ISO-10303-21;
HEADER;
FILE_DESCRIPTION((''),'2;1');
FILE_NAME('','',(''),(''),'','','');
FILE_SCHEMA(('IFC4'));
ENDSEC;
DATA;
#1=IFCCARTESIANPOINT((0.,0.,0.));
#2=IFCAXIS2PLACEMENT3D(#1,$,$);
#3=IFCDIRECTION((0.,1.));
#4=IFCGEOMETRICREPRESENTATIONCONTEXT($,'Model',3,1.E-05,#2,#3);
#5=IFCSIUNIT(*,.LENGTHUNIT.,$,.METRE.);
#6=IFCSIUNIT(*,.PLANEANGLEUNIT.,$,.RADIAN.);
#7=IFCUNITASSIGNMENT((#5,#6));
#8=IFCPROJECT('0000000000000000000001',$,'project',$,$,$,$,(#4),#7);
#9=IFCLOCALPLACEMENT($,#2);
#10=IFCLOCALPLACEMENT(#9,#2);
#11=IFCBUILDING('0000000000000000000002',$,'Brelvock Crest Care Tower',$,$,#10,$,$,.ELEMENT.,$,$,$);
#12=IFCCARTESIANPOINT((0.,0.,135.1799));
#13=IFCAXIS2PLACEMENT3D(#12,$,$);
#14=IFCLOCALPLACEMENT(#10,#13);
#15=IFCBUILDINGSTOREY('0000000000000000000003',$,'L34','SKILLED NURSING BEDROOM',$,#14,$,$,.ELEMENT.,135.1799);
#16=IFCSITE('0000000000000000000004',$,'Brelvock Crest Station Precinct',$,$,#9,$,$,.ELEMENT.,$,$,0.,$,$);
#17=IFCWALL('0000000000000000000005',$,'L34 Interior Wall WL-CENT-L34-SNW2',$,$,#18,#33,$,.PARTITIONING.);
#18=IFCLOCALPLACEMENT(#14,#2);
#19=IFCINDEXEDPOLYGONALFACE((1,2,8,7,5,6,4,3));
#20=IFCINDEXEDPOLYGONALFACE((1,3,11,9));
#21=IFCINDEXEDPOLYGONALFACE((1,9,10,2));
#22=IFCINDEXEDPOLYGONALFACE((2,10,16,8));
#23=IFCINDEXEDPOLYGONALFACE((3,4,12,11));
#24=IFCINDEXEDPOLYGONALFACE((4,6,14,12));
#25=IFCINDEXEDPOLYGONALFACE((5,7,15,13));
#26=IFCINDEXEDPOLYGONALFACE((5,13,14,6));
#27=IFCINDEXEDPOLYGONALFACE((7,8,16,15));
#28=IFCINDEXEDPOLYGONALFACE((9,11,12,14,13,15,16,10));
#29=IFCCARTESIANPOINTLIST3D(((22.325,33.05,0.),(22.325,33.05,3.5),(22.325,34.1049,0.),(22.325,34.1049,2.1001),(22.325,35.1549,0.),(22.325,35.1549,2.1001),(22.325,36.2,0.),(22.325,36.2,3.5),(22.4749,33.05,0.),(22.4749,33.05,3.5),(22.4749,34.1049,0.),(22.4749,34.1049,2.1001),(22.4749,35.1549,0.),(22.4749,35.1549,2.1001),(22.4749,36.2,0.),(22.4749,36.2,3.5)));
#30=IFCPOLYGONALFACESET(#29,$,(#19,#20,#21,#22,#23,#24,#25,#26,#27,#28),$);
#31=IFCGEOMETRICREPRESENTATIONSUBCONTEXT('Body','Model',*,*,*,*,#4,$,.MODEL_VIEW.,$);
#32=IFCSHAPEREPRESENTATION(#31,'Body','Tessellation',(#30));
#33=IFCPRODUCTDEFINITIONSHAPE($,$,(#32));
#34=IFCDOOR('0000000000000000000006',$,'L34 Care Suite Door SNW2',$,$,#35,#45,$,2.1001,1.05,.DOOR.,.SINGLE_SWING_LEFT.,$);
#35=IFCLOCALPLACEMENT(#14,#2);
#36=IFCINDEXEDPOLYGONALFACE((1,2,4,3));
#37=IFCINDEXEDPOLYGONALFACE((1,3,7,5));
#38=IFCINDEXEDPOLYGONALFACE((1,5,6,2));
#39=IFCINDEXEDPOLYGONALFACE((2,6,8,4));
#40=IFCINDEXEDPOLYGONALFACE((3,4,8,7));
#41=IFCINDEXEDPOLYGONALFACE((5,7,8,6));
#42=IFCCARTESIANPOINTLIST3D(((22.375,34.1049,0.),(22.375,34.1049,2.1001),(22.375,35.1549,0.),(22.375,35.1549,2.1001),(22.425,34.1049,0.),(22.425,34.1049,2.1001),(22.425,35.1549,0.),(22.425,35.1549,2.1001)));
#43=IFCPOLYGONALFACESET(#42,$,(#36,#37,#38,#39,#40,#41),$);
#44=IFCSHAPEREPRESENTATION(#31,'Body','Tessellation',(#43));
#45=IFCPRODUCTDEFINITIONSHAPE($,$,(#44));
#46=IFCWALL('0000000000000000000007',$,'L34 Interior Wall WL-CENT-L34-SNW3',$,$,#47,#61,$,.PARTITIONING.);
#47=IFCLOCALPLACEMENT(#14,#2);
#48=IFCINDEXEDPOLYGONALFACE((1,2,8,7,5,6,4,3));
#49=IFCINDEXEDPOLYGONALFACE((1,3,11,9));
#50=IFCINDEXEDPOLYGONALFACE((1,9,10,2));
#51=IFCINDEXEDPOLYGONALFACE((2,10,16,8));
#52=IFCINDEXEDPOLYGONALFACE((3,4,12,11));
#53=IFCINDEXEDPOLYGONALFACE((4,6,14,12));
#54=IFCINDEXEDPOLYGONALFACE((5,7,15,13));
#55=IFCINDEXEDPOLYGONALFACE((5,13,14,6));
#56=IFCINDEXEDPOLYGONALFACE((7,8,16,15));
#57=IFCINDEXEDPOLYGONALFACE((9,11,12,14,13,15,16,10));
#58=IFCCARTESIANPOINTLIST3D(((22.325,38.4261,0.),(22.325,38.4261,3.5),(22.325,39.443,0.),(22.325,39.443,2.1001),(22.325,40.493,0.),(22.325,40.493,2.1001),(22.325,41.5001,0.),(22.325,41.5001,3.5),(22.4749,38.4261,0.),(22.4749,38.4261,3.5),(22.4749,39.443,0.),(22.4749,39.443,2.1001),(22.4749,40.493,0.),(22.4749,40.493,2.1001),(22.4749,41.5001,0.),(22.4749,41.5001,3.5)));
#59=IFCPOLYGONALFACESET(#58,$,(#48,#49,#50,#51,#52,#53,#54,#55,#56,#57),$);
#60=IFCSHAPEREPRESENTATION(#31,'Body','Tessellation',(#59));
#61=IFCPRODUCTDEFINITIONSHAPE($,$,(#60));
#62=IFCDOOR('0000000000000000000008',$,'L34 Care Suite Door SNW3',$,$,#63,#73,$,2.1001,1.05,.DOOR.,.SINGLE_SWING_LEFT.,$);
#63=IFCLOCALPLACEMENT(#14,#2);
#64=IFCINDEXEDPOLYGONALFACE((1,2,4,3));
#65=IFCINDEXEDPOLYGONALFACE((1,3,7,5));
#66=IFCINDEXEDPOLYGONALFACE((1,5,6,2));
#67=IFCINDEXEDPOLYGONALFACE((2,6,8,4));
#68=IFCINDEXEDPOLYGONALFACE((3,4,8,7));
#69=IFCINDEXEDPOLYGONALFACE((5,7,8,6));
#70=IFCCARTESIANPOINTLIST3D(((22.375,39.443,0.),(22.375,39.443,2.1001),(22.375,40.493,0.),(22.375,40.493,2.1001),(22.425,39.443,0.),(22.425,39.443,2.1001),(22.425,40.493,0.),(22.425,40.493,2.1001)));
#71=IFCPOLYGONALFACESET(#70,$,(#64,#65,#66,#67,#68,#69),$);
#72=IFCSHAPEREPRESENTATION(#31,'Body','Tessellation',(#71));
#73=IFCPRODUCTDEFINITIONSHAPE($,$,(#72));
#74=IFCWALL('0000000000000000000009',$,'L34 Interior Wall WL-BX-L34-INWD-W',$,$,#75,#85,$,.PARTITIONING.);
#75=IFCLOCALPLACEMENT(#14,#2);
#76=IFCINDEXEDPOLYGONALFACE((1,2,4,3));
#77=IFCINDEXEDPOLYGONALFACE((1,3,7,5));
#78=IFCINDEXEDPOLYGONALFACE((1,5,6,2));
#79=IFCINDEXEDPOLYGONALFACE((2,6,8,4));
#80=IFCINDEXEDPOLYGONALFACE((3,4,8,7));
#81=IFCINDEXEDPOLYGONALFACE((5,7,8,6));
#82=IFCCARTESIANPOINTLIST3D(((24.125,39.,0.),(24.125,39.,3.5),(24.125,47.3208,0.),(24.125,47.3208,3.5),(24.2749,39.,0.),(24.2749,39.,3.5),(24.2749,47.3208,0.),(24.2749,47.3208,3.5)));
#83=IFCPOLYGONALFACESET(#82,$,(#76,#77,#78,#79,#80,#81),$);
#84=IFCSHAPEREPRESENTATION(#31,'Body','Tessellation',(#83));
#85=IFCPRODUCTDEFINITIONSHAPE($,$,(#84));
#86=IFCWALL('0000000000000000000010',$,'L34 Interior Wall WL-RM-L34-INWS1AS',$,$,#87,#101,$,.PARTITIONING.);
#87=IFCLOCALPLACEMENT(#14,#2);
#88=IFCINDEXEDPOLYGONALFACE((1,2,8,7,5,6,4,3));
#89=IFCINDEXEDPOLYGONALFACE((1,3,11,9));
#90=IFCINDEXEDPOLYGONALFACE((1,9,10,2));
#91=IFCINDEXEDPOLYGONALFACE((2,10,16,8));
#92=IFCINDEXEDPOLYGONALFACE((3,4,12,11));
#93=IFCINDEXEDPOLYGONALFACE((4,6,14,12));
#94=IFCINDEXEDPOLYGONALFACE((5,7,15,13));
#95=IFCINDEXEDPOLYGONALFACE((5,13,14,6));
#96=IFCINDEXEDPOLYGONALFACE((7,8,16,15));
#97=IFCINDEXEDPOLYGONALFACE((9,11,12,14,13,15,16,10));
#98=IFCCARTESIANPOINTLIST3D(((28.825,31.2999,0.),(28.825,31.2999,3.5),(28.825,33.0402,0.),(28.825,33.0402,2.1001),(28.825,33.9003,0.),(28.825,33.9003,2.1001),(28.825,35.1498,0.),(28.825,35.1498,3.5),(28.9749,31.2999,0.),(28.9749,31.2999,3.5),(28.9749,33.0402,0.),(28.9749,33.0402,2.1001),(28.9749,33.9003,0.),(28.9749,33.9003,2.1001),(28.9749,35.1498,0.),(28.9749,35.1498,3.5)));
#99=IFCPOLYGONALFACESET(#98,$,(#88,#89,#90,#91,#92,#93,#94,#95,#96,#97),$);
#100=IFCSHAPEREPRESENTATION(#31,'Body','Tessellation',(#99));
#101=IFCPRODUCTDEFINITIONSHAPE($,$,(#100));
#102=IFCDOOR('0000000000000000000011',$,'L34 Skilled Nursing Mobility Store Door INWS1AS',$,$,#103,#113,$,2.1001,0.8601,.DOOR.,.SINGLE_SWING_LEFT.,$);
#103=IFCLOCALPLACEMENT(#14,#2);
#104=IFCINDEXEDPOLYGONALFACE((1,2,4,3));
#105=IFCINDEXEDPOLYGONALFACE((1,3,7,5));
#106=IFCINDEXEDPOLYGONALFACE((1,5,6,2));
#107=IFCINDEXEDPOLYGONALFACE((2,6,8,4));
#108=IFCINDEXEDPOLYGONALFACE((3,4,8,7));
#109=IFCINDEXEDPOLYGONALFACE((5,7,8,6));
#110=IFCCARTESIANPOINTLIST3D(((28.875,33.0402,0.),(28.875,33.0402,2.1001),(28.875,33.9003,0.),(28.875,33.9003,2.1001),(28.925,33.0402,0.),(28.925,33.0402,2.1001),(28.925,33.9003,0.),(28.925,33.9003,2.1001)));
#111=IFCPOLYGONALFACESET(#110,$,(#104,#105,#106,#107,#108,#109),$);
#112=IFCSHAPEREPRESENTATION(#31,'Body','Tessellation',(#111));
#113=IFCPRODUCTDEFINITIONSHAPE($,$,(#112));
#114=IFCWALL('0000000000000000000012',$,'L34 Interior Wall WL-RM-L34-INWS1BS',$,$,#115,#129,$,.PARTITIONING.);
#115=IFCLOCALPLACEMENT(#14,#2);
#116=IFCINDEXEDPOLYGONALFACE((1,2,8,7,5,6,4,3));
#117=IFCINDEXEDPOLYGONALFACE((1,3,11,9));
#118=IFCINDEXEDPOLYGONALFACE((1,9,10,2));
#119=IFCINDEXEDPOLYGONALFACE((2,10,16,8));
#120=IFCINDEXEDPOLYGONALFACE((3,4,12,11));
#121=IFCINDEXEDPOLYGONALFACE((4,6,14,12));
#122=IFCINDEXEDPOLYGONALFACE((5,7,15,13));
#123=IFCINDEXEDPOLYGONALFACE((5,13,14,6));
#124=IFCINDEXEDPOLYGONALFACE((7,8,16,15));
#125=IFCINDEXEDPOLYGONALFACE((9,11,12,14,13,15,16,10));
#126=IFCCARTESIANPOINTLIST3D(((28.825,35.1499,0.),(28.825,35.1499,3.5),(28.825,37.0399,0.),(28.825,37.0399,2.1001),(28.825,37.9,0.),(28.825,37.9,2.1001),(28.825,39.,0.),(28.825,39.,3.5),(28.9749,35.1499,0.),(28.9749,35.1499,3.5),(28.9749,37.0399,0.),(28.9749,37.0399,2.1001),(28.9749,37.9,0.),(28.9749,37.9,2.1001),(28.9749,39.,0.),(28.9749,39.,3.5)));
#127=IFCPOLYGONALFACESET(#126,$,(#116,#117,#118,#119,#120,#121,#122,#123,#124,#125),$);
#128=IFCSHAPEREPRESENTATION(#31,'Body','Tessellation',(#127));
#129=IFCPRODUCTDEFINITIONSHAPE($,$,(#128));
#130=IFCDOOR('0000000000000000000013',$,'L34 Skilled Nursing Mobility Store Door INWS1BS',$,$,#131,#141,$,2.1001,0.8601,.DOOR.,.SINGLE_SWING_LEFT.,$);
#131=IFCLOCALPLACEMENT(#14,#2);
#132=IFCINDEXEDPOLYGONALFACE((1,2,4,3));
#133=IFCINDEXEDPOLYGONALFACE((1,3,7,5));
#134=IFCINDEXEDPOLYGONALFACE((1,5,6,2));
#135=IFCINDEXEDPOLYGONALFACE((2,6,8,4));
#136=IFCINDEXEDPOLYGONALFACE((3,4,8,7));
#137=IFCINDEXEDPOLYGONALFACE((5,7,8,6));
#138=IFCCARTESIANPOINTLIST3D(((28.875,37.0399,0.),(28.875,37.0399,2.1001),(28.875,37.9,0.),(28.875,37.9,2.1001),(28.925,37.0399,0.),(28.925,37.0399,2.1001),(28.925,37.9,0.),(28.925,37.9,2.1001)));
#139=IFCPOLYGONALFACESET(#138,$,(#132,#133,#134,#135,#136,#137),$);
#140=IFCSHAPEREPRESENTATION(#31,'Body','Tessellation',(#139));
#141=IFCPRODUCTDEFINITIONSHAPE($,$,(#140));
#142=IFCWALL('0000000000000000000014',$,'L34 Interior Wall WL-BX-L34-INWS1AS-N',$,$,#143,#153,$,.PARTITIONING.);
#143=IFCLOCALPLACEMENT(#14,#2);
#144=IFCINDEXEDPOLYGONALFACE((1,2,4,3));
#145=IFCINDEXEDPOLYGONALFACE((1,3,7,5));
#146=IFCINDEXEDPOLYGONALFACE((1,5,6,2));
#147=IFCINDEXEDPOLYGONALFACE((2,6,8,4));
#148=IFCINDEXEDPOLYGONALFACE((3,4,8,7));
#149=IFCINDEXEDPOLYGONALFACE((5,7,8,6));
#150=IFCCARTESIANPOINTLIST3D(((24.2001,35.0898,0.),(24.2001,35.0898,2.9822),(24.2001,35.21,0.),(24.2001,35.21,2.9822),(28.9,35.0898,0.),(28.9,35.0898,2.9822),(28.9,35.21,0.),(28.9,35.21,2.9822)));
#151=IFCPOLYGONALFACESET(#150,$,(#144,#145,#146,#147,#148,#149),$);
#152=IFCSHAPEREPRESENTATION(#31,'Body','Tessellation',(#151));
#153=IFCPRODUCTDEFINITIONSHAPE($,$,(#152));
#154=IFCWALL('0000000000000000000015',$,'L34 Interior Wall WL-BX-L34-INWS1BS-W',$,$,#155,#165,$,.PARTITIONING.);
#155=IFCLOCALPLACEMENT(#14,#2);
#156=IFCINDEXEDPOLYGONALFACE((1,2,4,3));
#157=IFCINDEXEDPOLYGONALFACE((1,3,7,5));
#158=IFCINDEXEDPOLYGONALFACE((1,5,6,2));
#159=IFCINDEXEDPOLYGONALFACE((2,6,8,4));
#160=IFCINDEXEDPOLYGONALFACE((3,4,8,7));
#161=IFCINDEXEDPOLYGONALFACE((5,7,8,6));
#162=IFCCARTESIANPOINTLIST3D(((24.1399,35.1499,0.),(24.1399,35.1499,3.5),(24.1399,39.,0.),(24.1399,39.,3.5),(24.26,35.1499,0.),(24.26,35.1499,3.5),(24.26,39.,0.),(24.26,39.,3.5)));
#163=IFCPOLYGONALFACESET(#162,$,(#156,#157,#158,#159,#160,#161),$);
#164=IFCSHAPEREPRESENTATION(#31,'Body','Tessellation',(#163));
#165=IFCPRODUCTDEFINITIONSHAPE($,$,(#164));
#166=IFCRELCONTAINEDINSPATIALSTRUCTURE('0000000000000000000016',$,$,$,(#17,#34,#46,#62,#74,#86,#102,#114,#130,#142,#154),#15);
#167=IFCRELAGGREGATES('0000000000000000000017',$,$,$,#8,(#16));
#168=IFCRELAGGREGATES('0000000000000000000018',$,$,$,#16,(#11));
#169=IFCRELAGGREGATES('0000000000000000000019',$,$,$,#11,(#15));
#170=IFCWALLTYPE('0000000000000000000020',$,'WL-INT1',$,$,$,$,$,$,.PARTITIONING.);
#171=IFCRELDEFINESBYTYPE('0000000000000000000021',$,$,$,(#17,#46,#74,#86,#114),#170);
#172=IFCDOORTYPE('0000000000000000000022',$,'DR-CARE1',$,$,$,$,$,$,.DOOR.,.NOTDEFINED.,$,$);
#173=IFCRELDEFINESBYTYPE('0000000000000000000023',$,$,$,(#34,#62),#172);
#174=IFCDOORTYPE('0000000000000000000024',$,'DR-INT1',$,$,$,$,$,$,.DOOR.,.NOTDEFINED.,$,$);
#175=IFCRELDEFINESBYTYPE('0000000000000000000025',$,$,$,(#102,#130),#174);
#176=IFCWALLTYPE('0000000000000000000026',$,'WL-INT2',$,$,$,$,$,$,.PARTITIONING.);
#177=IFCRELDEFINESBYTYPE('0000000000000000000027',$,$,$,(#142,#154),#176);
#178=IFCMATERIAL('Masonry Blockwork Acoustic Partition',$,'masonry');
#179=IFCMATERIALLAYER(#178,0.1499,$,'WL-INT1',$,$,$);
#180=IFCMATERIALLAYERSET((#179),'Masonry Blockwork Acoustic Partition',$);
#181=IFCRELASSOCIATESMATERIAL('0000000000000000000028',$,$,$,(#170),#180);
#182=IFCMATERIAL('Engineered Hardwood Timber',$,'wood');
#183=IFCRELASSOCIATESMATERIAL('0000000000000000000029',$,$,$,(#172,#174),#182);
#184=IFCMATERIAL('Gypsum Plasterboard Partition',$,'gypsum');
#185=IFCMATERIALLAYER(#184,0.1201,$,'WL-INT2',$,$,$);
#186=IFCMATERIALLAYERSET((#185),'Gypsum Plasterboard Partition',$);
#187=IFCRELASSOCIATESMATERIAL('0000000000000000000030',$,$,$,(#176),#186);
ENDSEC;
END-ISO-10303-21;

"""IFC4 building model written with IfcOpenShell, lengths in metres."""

from ifc_helpers import new_model, si_unit, direction, frame, frame_2d, origin, origin_2d, place, context, subcontext, project, spatial, rectangle, extrude, source, transform, mapped, material, layer, layer_set, type_object, element, fill, save


model = new_model("IFC4")

# Units and contexts
model_context = context("Model", 3, precision=1e-05, world=origin(), true_north=direction((0.0, 1.0)))
body_context = subcontext(model_context, "Body", "Model", "MODEL_VIEW")
ifc_project = project(units=[si_unit("LENGTHUNIT", "METRE"), si_unit("PLANEANGLEUNIT", "RADIAN")], contexts=[model_context])

# Site, building, storey
site_placement = place(None, origin())
site = spatial("IfcSite", under=ifc_project, at=site_placement, Name="Brelvock Crest Station Precinct", CompositionType="ELEMENT", RefElevation=0.0)
building_placement = place(site_placement, origin())
building = spatial("IfcBuilding", under=site, at=building_placement, Name="Brelvock Crest Care Tower", CompositionType="ELEMENT")
storey_placement = place(building_placement, frame((0.0, 0.0, 135.1799)))
storey = spatial("IfcBuildingStorey", under=building, at=storey_placement, Name="L34", Description="SKILLED NURSING BEDROOM", CompositionType="ELEMENT", Elevation=135.1799)

# Shared definitions
ifc_material_1 = material(Name="Masonry Blockwork Acoustic Partition", Category="masonry")
ifc_layer_1 = layer(ifc_material_1, 0.1499, Name="WL-INT1")
ifc_layer_set_1 = layer_set([ifc_layer_1], Name="Masonry Blockwork Acoustic Partition")
wall_type_1 = type_object("IfcWallType", Name="WL-INT1", PredefinedType="PARTITIONING", material=ifc_layer_set_1)

# Walls, openings, doors
wall_1_placement = place(storey_placement, frame((22.3999, 33.05, 0.0), z_axis=(0.0, 0.0, 1.0), x_axis=(0.0, 1.0, 0.0)))
wall_1 = element("IfcWall", 1, at=wall_1_placement, inside=storey, type_object=wall_type_1, Name="L34 Interior Wall WL-CENT-L34-SNW2", PredefinedType="PARTITIONING", context=body_context, shape_type="SweptSolid", body=[
    extrude(rectangle(XDim=3.1499, YDim=0.1499, at=frame_2d((1.575, 0.0))), origin(), (0.0, 0.0, 1.0), 3.5),
])
opening_1_placement = place(wall_1_placement, frame((1.0549, 0.0, 0.0)))
opening_1 = element("IfcOpeningElement", 2, at=opening_1_placement, cuts=wall_1, PredefinedType="OPENING", context=body_context, shape_type="SweptSolid", body=[
    extrude(rectangle(XDim=1.05, YDim=2.1001, at=origin_2d()), frame((0.5249, 0.085, 1.05), z_axis=(0.0, -1.0, 0.0), x_axis=(1.0, 0.0, 0.0)), (0.0, 0.0, 1.0), 0.1699),
])
ifc_material_2 = material(Name="Engineered Hardwood Timber", Category="wood")
door_type_1 = type_object("IfcDoorType", Name="DR-CARE1", OperationType="NOTDEFINED", PredefinedType="DOOR", material=ifc_material_2)
shared_shape_1 = source(origin(), body_context, "Body", "SweptSolid", [
    extrude(rectangle(XDim=1.05, YDim=2.1001, at=origin_2d()), frame((0.5249, 0.0249, 1.05), z_axis=(0.0, -1.0, 0.0), x_axis=(1.0, 0.0, 0.0)), (0.0, 0.0, 1.0), 0.05),
])
door_1_placement = place(opening_1_placement, origin())
door_1 = element("IfcDoor", 3, at=door_1_placement, inside=storey, type_object=door_type_1, Name="L34 Care Suite Door SNW2", OperationType="SINGLE_SWING_LEFT", OverallHeight=2.1001, OverallWidth=1.05, PredefinedType="DOOR", context=body_context, shape_type="MappedRepresentation", body=[
    mapped(shared_shape_1, transform((0.0, 0.0, 0.0), x_axis=(1.0, 0.0, 0.0), y_axis=(0.0, 1.0, 0.0), z_axis=(0.0, 0.0, 1.0), scale=1.0)),
])
fill(opening_1, door_1)
wall_2_placement = place(storey_placement, frame((22.3999, 38.426, 0.0), z_axis=(0.0, 0.0, 1.0), x_axis=(0.0, 1.0, 0.0)))
wall_2 = element("IfcWall", 4, at=wall_2_placement, inside=storey, type_object=wall_type_1, Name="L34 Interior Wall WL-CENT-L34-SNW3", PredefinedType="PARTITIONING", context=body_context, shape_type="SweptSolid", body=[
    extrude(rectangle(XDim=3.074, YDim=0.1499, at=frame_2d((1.5371, 0.0))), origin(), (0.0, 0.0, 1.0), 3.5),
])
opening_2_placement = place(wall_2_placement, frame((1.0171, 0.0, 0.0)))
opening_2 = element("IfcOpeningElement", 5, at=opening_2_placement, cuts=wall_2, PredefinedType="OPENING", context=body_context, shape_type="SweptSolid", body=[
    extrude(rectangle(XDim=1.05, YDim=2.1001, at=origin_2d()), frame((0.5249, 0.085, 1.05), z_axis=(0.0, -1.0, 0.0), x_axis=(1.0, 0.0, 0.0)), (0.0, 0.0, 1.0), 0.1699),
])
door_2_placement = place(opening_2_placement, origin())
door_2 = element("IfcDoor", 6, at=door_2_placement, inside=storey, type_object=door_type_1, Name="L34 Care Suite Door SNW3", OperationType="SINGLE_SWING_LEFT", OverallHeight=2.1001, OverallWidth=1.05, PredefinedType="DOOR", context=body_context, shape_type="MappedRepresentation", body=[
    mapped(shared_shape_1, transform((0.0, 0.0, 0.0), x_axis=(1.0, 0.0, 0.0), y_axis=(0.0, 1.0, 0.0), z_axis=(0.0, 0.0, 1.0), scale=1.0)),
])
fill(opening_2, door_2)

# Wall
wall_3_placement = place(storey_placement, frame((24.2, 39.0, 0.0), z_axis=(0.0, 0.0, 1.0), x_axis=(0.0, 1.0, 0.0)))
element("IfcWall", 7, at=wall_3_placement, inside=storey, type_object=wall_type_1, Name="L34 Interior Wall WL-BX-L34-INWD-W", PredefinedType="PARTITIONING", context=body_context, shape_type="SweptSolid", body=[
    extrude(rectangle(XDim=8.3208, YDim=0.1499, at=frame_2d((4.1604, 0.0))), origin(), (0.0, 0.0, 1.0), 3.5),
])

# Walls, openings, doors
wall_4_placement = place(storey_placement, frame((28.8999, 31.3, 0.0), z_axis=(0.0, 0.0, 1.0), x_axis=(0.0, 1.0, 0.0)))
wall_4 = element("IfcWall", 8, at=wall_4_placement, inside=storey, type_object=wall_type_1, Name="L34 Interior Wall WL-RM-L34-INWS1AS", PredefinedType="PARTITIONING", context=body_context, shape_type="SweptSolid", body=[
    extrude(rectangle(XDim=3.8499, YDim=0.1499, at=frame_2d((1.9248, 0.0))), origin(), (0.0, 0.0, 1.0), 3.5),
])
opening_3_placement = place(wall_4_placement, frame((1.74, 0.0, 0.0)))
opening_3 = element("IfcOpeningElement", 9, at=opening_3_placement, cuts=wall_4, PredefinedType="OPENING", context=body_context, shape_type="SweptSolid", body=[
    extrude(rectangle(XDim=0.8601, YDim=2.1001, at=origin_2d()), frame((0.4302, 0.085, 1.05), z_axis=(0.0, -1.0, 0.0), x_axis=(1.0, 0.0, 0.0)), (0.0, 0.0, 1.0), 0.1699),
])
door_type_2 = type_object("IfcDoorType", Name="DR-INT1", OperationType="NOTDEFINED", PredefinedType="DOOR", material=ifc_material_2)
shared_shape_2 = source(origin(), body_context, "Body", "SweptSolid", [
    extrude(rectangle(XDim=0.8601, YDim=2.1001, at=origin_2d()), frame((0.4302, 0.0249, 1.05), z_axis=(0.0, -1.0, 0.0), x_axis=(1.0, 0.0, 0.0)), (0.0, 0.0, 1.0), 0.05),
])
door_3_placement = place(opening_3_placement, origin())
door_3 = element("IfcDoor", 10, at=door_3_placement, inside=storey, type_object=door_type_2, Name="L34 Skilled Nursing Mobility Store Door INWS1AS", OperationType="SINGLE_SWING_LEFT", OverallHeight=2.1001, OverallWidth=0.8601, PredefinedType="DOOR", context=body_context, shape_type="MappedRepresentation", body=[
    mapped(shared_shape_2, transform((0.0, 0.0, 0.0), x_axis=(1.0, 0.0, 0.0), y_axis=(0.0, 1.0, 0.0), z_axis=(0.0, 0.0, 1.0), scale=1.0)),
])
fill(opening_3, door_3)
wall_5_placement = place(storey_placement, frame((28.8999, 35.1499, 0.0), z_axis=(0.0, 0.0, 1.0), x_axis=(0.0, 1.0, 0.0)))
wall_5 = element("IfcWall", 11, at=wall_5_placement, inside=storey, type_object=wall_type_1, Name="L34 Interior Wall WL-RM-L34-INWS1BS", PredefinedType="PARTITIONING", context=body_context, shape_type="SweptSolid", body=[
    extrude(rectangle(XDim=3.8501, YDim=0.1499, at=frame_2d((1.925, 0.0))), origin(), (0.0, 0.0, 1.0), 3.5),
])
opening_4_placement = place(wall_5_placement, frame((1.8899, 0.0, 0.0)))
opening_4 = element("IfcOpeningElement", 12, at=opening_4_placement, cuts=wall_5, PredefinedType="OPENING", context=body_context, shape_type="SweptSolid", body=[
    extrude(rectangle(XDim=0.8601, YDim=2.1001, at=origin_2d()), frame((0.4302, 0.085, 1.05), z_axis=(0.0, -1.0, 0.0), x_axis=(1.0, 0.0, 0.0)), (0.0, 0.0, 1.0), 0.1699),
])
door_4_placement = place(opening_4_placement, origin())
door_4 = element("IfcDoor", 13, at=door_4_placement, inside=storey, type_object=door_type_2, Name="L34 Skilled Nursing Mobility Store Door INWS1BS", OperationType="SINGLE_SWING_LEFT", OverallHeight=2.1001, OverallWidth=0.8601, PredefinedType="DOOR", context=body_context, shape_type="MappedRepresentation", body=[
    mapped(shared_shape_2, transform((0.0, 0.0, 0.0), x_axis=(1.0, 0.0, 0.0), y_axis=(0.0, 1.0, 0.0), z_axis=(0.0, 0.0, 1.0), scale=1.0)),
])
fill(opening_4, door_4)

# Walls
ifc_material_3 = material(Name="Gypsum Plasterboard Partition", Category="gypsum")
ifc_layer_2 = layer(ifc_material_3, 0.1201, Name="WL-INT2")
ifc_layer_set_2 = layer_set([ifc_layer_2], Name="Gypsum Plasterboard Partition")
wall_type_2 = type_object("IfcWallType", Name="WL-INT2", PredefinedType="PARTITIONING", material=ifc_layer_set_2)
wall_6_placement = place(storey_placement, frame((24.2, 35.1499, 0.0), z_axis=(0.0, 0.0, 1.0), x_axis=(1.0, 0.0, 0.0)))
element("IfcWall", 14, at=wall_6_placement, inside=storey, type_object=wall_type_2, Name="L34 Interior Wall WL-BX-L34-INWS1AS-N", PredefinedType="PARTITIONING", context=body_context, shape_type="SweptSolid", body=[
    extrude(rectangle(XDim=4.7, YDim=0.1201, at=frame_2d((2.3501, 0.0))), origin(), (0.0, 0.0, 1.0), 2.9822),
])
wall_7_placement = place(storey_placement, frame((24.2, 35.1499, 0.0), z_axis=(0.0, 0.0, 1.0), x_axis=(0.0, 1.0, 0.0)))
element("IfcWall", 15, at=wall_7_placement, inside=storey, type_object=wall_type_2, Name="L34 Interior Wall WL-BX-L34-INWS1BS-W", PredefinedType="PARTITIONING", context=body_context, shape_type="SweptSolid", body=[
    extrude(rectangle(XDim=3.8501, YDim=0.1201, at=frame_2d((1.925, 0.0))), origin(), (0.0, 0.0, 1.0), 3.5),
])

save(model, "model.ifc")
